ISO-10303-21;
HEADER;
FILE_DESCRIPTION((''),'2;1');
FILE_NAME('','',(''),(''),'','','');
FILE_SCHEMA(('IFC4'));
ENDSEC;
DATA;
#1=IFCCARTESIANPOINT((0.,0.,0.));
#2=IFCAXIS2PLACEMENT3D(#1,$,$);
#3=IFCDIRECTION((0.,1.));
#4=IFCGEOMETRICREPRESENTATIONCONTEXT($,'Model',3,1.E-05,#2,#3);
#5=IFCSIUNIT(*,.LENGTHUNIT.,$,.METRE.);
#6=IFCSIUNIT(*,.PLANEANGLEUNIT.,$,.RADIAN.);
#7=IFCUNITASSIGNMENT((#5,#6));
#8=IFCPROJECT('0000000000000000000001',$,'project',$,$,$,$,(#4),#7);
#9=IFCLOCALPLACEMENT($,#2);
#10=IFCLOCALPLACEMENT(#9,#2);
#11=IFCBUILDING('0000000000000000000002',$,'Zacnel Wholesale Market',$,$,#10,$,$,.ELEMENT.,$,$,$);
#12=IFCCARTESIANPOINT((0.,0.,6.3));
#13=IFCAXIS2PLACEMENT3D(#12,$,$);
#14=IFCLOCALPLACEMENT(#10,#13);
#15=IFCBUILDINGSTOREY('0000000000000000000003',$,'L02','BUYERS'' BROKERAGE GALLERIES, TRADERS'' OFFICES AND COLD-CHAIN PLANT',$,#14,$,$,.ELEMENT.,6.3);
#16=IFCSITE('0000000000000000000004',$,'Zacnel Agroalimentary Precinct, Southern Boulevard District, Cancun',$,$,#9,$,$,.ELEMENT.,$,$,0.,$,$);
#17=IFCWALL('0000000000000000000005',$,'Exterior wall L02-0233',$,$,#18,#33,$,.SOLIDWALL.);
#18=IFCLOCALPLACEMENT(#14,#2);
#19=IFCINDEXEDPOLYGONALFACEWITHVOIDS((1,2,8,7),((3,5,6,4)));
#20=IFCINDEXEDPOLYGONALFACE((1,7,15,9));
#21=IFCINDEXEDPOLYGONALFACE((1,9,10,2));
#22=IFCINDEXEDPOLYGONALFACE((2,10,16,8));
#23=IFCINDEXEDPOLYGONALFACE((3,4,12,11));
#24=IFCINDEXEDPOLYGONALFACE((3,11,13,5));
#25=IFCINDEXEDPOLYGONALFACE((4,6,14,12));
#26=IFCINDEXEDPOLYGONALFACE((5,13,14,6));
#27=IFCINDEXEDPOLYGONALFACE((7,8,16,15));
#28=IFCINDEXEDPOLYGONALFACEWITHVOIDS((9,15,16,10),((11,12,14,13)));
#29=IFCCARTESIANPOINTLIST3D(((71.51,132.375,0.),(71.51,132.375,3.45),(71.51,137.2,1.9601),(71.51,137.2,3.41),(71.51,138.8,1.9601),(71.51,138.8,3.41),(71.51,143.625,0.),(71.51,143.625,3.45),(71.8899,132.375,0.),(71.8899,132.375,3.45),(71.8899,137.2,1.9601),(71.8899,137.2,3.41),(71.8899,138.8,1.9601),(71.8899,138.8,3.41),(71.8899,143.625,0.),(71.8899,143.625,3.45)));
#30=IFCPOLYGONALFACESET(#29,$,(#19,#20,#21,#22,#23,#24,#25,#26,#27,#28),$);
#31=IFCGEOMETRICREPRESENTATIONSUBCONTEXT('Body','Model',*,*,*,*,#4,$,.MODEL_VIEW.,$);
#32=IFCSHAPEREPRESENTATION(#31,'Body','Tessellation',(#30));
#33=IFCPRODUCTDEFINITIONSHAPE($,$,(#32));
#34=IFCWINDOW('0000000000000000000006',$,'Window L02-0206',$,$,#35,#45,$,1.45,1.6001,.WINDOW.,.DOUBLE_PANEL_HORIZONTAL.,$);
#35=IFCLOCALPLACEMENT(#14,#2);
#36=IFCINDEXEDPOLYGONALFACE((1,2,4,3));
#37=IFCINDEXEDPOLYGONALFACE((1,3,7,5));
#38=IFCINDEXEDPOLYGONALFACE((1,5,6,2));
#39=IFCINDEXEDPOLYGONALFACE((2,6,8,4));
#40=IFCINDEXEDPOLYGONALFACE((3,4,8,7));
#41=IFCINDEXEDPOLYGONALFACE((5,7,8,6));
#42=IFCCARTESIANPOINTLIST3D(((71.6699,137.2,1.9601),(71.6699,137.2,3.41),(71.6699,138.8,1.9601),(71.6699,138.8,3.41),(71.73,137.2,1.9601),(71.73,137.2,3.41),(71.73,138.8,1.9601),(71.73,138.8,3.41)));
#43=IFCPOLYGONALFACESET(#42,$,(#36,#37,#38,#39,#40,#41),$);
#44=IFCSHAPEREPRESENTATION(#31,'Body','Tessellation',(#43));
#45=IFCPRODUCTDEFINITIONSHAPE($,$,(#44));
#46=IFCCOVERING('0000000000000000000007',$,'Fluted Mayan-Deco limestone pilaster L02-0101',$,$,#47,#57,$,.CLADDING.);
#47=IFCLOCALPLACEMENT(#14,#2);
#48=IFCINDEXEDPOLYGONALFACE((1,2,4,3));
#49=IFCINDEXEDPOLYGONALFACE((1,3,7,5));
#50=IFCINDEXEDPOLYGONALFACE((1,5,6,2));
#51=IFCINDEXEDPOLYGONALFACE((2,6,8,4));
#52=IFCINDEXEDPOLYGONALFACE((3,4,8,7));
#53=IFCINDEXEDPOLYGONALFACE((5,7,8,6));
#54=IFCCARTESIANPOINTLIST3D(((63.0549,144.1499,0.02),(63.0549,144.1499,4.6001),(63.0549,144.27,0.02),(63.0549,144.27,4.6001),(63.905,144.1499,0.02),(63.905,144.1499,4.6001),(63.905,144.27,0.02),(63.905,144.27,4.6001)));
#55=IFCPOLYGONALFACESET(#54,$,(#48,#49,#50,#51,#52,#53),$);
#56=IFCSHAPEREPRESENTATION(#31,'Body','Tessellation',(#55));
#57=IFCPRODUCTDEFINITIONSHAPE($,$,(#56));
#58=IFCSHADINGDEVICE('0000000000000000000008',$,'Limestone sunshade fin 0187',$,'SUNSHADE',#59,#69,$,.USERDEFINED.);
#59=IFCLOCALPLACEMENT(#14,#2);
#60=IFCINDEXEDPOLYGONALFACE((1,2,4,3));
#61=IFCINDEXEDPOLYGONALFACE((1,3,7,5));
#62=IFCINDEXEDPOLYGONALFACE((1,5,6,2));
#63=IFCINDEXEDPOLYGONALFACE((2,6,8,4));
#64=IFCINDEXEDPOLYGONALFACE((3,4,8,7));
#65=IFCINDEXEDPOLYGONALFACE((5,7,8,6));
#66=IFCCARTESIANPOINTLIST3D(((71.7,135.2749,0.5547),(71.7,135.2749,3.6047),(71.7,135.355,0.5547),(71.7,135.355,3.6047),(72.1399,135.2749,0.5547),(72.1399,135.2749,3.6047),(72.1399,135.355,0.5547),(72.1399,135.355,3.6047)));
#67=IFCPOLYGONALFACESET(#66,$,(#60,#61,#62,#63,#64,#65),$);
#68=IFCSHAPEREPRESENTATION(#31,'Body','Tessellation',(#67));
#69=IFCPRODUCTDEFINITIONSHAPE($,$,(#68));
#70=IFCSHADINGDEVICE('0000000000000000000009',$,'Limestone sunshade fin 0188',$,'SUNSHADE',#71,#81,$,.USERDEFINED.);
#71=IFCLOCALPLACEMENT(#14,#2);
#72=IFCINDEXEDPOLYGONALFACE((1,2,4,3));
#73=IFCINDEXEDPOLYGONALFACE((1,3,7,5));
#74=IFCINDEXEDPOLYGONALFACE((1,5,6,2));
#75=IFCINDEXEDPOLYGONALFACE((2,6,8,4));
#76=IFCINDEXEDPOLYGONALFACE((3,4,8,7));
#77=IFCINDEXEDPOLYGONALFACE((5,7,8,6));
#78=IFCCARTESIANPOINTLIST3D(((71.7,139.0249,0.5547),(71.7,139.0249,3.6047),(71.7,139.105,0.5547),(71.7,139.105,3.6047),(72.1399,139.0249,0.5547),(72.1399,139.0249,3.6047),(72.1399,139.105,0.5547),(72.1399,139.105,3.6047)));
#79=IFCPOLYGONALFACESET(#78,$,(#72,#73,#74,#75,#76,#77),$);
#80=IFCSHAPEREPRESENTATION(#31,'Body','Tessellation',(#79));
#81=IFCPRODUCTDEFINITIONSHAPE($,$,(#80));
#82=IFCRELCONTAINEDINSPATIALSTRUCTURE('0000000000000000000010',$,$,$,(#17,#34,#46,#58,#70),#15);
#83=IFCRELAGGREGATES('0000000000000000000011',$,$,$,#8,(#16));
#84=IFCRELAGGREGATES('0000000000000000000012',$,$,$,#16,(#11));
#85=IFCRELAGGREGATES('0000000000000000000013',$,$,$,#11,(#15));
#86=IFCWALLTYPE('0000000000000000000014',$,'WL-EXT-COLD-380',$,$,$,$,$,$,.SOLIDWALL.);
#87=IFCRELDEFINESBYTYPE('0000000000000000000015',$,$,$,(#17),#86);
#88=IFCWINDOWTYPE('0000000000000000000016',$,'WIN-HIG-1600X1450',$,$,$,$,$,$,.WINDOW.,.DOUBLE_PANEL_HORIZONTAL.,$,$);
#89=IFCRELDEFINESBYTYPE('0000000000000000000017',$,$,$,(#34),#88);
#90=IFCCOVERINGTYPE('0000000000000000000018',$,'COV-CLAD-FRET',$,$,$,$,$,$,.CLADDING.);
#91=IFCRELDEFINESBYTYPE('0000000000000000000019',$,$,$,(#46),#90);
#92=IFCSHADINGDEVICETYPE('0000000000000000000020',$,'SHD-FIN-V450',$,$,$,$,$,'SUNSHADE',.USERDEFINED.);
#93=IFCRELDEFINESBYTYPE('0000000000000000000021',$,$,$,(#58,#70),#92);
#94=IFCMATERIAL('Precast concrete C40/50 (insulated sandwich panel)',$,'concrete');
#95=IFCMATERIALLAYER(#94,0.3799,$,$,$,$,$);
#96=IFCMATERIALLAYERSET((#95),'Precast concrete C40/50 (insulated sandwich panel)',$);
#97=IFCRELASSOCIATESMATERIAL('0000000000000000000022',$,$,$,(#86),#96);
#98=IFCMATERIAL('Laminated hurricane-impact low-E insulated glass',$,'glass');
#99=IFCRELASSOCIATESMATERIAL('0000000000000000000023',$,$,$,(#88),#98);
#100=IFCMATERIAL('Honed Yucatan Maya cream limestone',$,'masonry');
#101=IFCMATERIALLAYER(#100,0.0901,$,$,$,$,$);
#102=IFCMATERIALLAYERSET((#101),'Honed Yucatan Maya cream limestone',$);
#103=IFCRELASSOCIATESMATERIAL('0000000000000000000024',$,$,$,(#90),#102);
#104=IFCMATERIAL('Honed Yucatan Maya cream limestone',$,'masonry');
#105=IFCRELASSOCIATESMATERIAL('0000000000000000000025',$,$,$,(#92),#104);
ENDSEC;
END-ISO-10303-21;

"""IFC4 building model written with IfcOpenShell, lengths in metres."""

from ifc_helpers import new_model, si_unit, direction, frame, frame_2d, origin, origin_2d, place, context, subcontext, project, spatial, rectangle, extrude, material, layer, layer_set, type_object, element, fill, save


model = new_model("IFC4")

# Units and contexts
model_context = context("Model", 3, precision=1e-05, world=origin(), true_north=direction((0.0, 1.0)))
body_context = subcontext(model_context, "Body", "Model", "MODEL_VIEW")
ifc_project = project(units=[si_unit("LENGTHUNIT", "METRE"), si_unit("PLANEANGLEUNIT", "RADIAN")], contexts=[model_context])

# Site, building, storey
site_placement = place(None, origin())
site = spatial("IfcSite", under=ifc_project, at=site_placement, Name="Zacnel Agroalimentary Precinct, Southern Boulevard District, Cancun", CompositionType="ELEMENT", RefElevation=0.0)
building_placement = place(site_placement, origin())
building = spatial("IfcBuilding", under=site, at=building_placement, Name="Zacnel Wholesale Market", CompositionType="ELEMENT")
storey_placement = place(building_placement, frame((0.0, 0.0, 6.3)))
storey = spatial("IfcBuildingStorey", under=building, at=storey_placement, Name="L02", Description="BUYERS' BROKERAGE GALLERIES, TRADERS' OFFICES AND COLD-CHAIN PLANT", CompositionType="ELEMENT", Elevation=6.3)

# Shared definitions
ifc_material_1 = material(Name="Precast concrete C40/50 (insulated sandwich panel)", Category="concrete")
ifc_layer_1 = layer(ifc_material_1, 0.3799)
ifc_layer_set_1 = layer_set([ifc_layer_1], Name="Precast concrete C40/50 (insulated sandwich panel)")
wall_type = type_object("IfcWallType", Name="WL-EXT-COLD-380", PredefinedType="SOLIDWALL", material=ifc_layer_set_1)

# Wall, opening, window
wall_1_placement = place(storey_placement, frame((71.7, 132.375, 0.0), z_axis=(0.0, 0.0, 1.0), x_axis=(0.0, 1.0, 0.0)))
wall_1 = element("IfcWall", 1, at=wall_1_placement, inside=storey, type_object=wall_type, Name="Exterior wall L02-0233", PredefinedType="SOLIDWALL", context=body_context, shape_type="SweptSolid", body=[
    extrude(rectangle(XDim=11.25, YDim=0.3799, at=frame_2d((5.625, 0.0))), origin(), (0.0, 0.0, 1.0), 3.45),
])
opening_placement = place(wall_1_placement, frame((4.825, 0.0, 1.96)))
opening = element("IfcOpeningElement", 2, at=opening_placement, cuts=wall_1, PredefinedType="OPENING", context=body_context, shape_type="SweptSolid", body=[
    extrude(rectangle(XDim=1.6001, YDim=1.45, at=frame_2d((0.8, 0.7251))), frame((0.0, 0.2, 0.0), z_axis=(0.0, -1.0, 0.0), x_axis=(1.0, 0.0, 0.0)), (0.0, 0.0, 1.0), 0.3999),
])
ifc_material_2 = material(Name="Laminated hurricane-impact low-E insulated glass", Category="glass")
window_type = type_object("IfcWindowType", Name="WIN-HIG-1600X1450", PartitioningType="DOUBLE_PANEL_HORIZONTAL", PredefinedType="WINDOW", material=ifc_material_2)
window_placement = place(opening_placement, origin())
window = element("IfcWindow", 3, at=window_placement, inside=storey, type_object=window_type, Name="Window L02-0206", OverallHeight=1.45, OverallWidth=1.6001, PartitioningType="DOUBLE_PANEL_HORIZONTAL", PredefinedType="WINDOW", context=body_context, shape_type="SweptSolid", body=[
    extrude(rectangle(XDim=1.6001, YDim=1.45, at=frame_2d((0.8, 0.7251))), frame((0.0, 0.03, 0.0), z_axis=(0.0, -1.0, 0.0), x_axis=(1.0, 0.0, 0.0)), (0.0, 0.0, 1.0), 0.0601),
])
fill(opening, window)

# Covering
ifc_material_3 = material(Name="Honed Yucatan Maya cream limestone", Category="masonry")
ifc_layer_2 = layer(ifc_material_3, 0.0901)
ifc_layer_set_2 = layer_set([ifc_layer_2], Name="Honed Yucatan Maya cream limestone")
covering_type = type_object("IfcCoveringType", Name="COV-CLAD-FRET", PredefinedType="CLADDING", material=ifc_layer_set_2)
covering_placement = place(storey_placement, frame((63.48, 144.21, 0.02), z_axis=(0.0, 0.0, 1.0), x_axis=(1.0, 0.0, 0.0)))
element("IfcCovering", 4, at=covering_placement, inside=storey, type_object=covering_type, Name="Fluted Mayan-Deco limestone pilaster L02-0101", PredefinedType="CLADDING", context=body_context, shape_type="SweptSolid", body=[
    extrude(rectangle(XDim=0.8501, YDim=0.1201, at=origin_2d()), origin(), (0.0, 0.0, 1.0), 4.5801),
])

# Shading devices
ifc_material_4 = material(Name="Honed Yucatan Maya cream limestone", Category="masonry")
shading_device_type = type_object("IfcShadingDeviceType", Name="SHD-FIN-V450", ElementType="SUNSHADE", PredefinedType="USERDEFINED", material=ifc_material_4)
for number, where, z_axis, x_axis, name in (
    (5, (71.9199, 135.3149, 0.5547), (0.0, 0.0, 1.0), (0.0, 1.0, 0.0), "Limestone sunshade fin 0187"),
    (6, (71.9199, 139.0649, 0.5547), (0.0, 0.0, 1.0), (0.0, 1.0, 0.0), "Limestone sunshade fin 0188"),
):
    element("IfcShadingDevice", number, at=place(storey_placement, frame(where, z_axis=z_axis, x_axis=x_axis)), inside=storey, type_object=shading_device_type, Name=name, ObjectType="SUNSHADE", PredefinedType="USERDEFINED", context=body_context, shape_type="SweptSolid", body=[
        extrude(rectangle(XDim=0.0801, YDim=0.4399, at=origin_2d()), origin(), (0.0, 0.0, 1.0), 3.05),
    ])

save(model, "model.ifc")
